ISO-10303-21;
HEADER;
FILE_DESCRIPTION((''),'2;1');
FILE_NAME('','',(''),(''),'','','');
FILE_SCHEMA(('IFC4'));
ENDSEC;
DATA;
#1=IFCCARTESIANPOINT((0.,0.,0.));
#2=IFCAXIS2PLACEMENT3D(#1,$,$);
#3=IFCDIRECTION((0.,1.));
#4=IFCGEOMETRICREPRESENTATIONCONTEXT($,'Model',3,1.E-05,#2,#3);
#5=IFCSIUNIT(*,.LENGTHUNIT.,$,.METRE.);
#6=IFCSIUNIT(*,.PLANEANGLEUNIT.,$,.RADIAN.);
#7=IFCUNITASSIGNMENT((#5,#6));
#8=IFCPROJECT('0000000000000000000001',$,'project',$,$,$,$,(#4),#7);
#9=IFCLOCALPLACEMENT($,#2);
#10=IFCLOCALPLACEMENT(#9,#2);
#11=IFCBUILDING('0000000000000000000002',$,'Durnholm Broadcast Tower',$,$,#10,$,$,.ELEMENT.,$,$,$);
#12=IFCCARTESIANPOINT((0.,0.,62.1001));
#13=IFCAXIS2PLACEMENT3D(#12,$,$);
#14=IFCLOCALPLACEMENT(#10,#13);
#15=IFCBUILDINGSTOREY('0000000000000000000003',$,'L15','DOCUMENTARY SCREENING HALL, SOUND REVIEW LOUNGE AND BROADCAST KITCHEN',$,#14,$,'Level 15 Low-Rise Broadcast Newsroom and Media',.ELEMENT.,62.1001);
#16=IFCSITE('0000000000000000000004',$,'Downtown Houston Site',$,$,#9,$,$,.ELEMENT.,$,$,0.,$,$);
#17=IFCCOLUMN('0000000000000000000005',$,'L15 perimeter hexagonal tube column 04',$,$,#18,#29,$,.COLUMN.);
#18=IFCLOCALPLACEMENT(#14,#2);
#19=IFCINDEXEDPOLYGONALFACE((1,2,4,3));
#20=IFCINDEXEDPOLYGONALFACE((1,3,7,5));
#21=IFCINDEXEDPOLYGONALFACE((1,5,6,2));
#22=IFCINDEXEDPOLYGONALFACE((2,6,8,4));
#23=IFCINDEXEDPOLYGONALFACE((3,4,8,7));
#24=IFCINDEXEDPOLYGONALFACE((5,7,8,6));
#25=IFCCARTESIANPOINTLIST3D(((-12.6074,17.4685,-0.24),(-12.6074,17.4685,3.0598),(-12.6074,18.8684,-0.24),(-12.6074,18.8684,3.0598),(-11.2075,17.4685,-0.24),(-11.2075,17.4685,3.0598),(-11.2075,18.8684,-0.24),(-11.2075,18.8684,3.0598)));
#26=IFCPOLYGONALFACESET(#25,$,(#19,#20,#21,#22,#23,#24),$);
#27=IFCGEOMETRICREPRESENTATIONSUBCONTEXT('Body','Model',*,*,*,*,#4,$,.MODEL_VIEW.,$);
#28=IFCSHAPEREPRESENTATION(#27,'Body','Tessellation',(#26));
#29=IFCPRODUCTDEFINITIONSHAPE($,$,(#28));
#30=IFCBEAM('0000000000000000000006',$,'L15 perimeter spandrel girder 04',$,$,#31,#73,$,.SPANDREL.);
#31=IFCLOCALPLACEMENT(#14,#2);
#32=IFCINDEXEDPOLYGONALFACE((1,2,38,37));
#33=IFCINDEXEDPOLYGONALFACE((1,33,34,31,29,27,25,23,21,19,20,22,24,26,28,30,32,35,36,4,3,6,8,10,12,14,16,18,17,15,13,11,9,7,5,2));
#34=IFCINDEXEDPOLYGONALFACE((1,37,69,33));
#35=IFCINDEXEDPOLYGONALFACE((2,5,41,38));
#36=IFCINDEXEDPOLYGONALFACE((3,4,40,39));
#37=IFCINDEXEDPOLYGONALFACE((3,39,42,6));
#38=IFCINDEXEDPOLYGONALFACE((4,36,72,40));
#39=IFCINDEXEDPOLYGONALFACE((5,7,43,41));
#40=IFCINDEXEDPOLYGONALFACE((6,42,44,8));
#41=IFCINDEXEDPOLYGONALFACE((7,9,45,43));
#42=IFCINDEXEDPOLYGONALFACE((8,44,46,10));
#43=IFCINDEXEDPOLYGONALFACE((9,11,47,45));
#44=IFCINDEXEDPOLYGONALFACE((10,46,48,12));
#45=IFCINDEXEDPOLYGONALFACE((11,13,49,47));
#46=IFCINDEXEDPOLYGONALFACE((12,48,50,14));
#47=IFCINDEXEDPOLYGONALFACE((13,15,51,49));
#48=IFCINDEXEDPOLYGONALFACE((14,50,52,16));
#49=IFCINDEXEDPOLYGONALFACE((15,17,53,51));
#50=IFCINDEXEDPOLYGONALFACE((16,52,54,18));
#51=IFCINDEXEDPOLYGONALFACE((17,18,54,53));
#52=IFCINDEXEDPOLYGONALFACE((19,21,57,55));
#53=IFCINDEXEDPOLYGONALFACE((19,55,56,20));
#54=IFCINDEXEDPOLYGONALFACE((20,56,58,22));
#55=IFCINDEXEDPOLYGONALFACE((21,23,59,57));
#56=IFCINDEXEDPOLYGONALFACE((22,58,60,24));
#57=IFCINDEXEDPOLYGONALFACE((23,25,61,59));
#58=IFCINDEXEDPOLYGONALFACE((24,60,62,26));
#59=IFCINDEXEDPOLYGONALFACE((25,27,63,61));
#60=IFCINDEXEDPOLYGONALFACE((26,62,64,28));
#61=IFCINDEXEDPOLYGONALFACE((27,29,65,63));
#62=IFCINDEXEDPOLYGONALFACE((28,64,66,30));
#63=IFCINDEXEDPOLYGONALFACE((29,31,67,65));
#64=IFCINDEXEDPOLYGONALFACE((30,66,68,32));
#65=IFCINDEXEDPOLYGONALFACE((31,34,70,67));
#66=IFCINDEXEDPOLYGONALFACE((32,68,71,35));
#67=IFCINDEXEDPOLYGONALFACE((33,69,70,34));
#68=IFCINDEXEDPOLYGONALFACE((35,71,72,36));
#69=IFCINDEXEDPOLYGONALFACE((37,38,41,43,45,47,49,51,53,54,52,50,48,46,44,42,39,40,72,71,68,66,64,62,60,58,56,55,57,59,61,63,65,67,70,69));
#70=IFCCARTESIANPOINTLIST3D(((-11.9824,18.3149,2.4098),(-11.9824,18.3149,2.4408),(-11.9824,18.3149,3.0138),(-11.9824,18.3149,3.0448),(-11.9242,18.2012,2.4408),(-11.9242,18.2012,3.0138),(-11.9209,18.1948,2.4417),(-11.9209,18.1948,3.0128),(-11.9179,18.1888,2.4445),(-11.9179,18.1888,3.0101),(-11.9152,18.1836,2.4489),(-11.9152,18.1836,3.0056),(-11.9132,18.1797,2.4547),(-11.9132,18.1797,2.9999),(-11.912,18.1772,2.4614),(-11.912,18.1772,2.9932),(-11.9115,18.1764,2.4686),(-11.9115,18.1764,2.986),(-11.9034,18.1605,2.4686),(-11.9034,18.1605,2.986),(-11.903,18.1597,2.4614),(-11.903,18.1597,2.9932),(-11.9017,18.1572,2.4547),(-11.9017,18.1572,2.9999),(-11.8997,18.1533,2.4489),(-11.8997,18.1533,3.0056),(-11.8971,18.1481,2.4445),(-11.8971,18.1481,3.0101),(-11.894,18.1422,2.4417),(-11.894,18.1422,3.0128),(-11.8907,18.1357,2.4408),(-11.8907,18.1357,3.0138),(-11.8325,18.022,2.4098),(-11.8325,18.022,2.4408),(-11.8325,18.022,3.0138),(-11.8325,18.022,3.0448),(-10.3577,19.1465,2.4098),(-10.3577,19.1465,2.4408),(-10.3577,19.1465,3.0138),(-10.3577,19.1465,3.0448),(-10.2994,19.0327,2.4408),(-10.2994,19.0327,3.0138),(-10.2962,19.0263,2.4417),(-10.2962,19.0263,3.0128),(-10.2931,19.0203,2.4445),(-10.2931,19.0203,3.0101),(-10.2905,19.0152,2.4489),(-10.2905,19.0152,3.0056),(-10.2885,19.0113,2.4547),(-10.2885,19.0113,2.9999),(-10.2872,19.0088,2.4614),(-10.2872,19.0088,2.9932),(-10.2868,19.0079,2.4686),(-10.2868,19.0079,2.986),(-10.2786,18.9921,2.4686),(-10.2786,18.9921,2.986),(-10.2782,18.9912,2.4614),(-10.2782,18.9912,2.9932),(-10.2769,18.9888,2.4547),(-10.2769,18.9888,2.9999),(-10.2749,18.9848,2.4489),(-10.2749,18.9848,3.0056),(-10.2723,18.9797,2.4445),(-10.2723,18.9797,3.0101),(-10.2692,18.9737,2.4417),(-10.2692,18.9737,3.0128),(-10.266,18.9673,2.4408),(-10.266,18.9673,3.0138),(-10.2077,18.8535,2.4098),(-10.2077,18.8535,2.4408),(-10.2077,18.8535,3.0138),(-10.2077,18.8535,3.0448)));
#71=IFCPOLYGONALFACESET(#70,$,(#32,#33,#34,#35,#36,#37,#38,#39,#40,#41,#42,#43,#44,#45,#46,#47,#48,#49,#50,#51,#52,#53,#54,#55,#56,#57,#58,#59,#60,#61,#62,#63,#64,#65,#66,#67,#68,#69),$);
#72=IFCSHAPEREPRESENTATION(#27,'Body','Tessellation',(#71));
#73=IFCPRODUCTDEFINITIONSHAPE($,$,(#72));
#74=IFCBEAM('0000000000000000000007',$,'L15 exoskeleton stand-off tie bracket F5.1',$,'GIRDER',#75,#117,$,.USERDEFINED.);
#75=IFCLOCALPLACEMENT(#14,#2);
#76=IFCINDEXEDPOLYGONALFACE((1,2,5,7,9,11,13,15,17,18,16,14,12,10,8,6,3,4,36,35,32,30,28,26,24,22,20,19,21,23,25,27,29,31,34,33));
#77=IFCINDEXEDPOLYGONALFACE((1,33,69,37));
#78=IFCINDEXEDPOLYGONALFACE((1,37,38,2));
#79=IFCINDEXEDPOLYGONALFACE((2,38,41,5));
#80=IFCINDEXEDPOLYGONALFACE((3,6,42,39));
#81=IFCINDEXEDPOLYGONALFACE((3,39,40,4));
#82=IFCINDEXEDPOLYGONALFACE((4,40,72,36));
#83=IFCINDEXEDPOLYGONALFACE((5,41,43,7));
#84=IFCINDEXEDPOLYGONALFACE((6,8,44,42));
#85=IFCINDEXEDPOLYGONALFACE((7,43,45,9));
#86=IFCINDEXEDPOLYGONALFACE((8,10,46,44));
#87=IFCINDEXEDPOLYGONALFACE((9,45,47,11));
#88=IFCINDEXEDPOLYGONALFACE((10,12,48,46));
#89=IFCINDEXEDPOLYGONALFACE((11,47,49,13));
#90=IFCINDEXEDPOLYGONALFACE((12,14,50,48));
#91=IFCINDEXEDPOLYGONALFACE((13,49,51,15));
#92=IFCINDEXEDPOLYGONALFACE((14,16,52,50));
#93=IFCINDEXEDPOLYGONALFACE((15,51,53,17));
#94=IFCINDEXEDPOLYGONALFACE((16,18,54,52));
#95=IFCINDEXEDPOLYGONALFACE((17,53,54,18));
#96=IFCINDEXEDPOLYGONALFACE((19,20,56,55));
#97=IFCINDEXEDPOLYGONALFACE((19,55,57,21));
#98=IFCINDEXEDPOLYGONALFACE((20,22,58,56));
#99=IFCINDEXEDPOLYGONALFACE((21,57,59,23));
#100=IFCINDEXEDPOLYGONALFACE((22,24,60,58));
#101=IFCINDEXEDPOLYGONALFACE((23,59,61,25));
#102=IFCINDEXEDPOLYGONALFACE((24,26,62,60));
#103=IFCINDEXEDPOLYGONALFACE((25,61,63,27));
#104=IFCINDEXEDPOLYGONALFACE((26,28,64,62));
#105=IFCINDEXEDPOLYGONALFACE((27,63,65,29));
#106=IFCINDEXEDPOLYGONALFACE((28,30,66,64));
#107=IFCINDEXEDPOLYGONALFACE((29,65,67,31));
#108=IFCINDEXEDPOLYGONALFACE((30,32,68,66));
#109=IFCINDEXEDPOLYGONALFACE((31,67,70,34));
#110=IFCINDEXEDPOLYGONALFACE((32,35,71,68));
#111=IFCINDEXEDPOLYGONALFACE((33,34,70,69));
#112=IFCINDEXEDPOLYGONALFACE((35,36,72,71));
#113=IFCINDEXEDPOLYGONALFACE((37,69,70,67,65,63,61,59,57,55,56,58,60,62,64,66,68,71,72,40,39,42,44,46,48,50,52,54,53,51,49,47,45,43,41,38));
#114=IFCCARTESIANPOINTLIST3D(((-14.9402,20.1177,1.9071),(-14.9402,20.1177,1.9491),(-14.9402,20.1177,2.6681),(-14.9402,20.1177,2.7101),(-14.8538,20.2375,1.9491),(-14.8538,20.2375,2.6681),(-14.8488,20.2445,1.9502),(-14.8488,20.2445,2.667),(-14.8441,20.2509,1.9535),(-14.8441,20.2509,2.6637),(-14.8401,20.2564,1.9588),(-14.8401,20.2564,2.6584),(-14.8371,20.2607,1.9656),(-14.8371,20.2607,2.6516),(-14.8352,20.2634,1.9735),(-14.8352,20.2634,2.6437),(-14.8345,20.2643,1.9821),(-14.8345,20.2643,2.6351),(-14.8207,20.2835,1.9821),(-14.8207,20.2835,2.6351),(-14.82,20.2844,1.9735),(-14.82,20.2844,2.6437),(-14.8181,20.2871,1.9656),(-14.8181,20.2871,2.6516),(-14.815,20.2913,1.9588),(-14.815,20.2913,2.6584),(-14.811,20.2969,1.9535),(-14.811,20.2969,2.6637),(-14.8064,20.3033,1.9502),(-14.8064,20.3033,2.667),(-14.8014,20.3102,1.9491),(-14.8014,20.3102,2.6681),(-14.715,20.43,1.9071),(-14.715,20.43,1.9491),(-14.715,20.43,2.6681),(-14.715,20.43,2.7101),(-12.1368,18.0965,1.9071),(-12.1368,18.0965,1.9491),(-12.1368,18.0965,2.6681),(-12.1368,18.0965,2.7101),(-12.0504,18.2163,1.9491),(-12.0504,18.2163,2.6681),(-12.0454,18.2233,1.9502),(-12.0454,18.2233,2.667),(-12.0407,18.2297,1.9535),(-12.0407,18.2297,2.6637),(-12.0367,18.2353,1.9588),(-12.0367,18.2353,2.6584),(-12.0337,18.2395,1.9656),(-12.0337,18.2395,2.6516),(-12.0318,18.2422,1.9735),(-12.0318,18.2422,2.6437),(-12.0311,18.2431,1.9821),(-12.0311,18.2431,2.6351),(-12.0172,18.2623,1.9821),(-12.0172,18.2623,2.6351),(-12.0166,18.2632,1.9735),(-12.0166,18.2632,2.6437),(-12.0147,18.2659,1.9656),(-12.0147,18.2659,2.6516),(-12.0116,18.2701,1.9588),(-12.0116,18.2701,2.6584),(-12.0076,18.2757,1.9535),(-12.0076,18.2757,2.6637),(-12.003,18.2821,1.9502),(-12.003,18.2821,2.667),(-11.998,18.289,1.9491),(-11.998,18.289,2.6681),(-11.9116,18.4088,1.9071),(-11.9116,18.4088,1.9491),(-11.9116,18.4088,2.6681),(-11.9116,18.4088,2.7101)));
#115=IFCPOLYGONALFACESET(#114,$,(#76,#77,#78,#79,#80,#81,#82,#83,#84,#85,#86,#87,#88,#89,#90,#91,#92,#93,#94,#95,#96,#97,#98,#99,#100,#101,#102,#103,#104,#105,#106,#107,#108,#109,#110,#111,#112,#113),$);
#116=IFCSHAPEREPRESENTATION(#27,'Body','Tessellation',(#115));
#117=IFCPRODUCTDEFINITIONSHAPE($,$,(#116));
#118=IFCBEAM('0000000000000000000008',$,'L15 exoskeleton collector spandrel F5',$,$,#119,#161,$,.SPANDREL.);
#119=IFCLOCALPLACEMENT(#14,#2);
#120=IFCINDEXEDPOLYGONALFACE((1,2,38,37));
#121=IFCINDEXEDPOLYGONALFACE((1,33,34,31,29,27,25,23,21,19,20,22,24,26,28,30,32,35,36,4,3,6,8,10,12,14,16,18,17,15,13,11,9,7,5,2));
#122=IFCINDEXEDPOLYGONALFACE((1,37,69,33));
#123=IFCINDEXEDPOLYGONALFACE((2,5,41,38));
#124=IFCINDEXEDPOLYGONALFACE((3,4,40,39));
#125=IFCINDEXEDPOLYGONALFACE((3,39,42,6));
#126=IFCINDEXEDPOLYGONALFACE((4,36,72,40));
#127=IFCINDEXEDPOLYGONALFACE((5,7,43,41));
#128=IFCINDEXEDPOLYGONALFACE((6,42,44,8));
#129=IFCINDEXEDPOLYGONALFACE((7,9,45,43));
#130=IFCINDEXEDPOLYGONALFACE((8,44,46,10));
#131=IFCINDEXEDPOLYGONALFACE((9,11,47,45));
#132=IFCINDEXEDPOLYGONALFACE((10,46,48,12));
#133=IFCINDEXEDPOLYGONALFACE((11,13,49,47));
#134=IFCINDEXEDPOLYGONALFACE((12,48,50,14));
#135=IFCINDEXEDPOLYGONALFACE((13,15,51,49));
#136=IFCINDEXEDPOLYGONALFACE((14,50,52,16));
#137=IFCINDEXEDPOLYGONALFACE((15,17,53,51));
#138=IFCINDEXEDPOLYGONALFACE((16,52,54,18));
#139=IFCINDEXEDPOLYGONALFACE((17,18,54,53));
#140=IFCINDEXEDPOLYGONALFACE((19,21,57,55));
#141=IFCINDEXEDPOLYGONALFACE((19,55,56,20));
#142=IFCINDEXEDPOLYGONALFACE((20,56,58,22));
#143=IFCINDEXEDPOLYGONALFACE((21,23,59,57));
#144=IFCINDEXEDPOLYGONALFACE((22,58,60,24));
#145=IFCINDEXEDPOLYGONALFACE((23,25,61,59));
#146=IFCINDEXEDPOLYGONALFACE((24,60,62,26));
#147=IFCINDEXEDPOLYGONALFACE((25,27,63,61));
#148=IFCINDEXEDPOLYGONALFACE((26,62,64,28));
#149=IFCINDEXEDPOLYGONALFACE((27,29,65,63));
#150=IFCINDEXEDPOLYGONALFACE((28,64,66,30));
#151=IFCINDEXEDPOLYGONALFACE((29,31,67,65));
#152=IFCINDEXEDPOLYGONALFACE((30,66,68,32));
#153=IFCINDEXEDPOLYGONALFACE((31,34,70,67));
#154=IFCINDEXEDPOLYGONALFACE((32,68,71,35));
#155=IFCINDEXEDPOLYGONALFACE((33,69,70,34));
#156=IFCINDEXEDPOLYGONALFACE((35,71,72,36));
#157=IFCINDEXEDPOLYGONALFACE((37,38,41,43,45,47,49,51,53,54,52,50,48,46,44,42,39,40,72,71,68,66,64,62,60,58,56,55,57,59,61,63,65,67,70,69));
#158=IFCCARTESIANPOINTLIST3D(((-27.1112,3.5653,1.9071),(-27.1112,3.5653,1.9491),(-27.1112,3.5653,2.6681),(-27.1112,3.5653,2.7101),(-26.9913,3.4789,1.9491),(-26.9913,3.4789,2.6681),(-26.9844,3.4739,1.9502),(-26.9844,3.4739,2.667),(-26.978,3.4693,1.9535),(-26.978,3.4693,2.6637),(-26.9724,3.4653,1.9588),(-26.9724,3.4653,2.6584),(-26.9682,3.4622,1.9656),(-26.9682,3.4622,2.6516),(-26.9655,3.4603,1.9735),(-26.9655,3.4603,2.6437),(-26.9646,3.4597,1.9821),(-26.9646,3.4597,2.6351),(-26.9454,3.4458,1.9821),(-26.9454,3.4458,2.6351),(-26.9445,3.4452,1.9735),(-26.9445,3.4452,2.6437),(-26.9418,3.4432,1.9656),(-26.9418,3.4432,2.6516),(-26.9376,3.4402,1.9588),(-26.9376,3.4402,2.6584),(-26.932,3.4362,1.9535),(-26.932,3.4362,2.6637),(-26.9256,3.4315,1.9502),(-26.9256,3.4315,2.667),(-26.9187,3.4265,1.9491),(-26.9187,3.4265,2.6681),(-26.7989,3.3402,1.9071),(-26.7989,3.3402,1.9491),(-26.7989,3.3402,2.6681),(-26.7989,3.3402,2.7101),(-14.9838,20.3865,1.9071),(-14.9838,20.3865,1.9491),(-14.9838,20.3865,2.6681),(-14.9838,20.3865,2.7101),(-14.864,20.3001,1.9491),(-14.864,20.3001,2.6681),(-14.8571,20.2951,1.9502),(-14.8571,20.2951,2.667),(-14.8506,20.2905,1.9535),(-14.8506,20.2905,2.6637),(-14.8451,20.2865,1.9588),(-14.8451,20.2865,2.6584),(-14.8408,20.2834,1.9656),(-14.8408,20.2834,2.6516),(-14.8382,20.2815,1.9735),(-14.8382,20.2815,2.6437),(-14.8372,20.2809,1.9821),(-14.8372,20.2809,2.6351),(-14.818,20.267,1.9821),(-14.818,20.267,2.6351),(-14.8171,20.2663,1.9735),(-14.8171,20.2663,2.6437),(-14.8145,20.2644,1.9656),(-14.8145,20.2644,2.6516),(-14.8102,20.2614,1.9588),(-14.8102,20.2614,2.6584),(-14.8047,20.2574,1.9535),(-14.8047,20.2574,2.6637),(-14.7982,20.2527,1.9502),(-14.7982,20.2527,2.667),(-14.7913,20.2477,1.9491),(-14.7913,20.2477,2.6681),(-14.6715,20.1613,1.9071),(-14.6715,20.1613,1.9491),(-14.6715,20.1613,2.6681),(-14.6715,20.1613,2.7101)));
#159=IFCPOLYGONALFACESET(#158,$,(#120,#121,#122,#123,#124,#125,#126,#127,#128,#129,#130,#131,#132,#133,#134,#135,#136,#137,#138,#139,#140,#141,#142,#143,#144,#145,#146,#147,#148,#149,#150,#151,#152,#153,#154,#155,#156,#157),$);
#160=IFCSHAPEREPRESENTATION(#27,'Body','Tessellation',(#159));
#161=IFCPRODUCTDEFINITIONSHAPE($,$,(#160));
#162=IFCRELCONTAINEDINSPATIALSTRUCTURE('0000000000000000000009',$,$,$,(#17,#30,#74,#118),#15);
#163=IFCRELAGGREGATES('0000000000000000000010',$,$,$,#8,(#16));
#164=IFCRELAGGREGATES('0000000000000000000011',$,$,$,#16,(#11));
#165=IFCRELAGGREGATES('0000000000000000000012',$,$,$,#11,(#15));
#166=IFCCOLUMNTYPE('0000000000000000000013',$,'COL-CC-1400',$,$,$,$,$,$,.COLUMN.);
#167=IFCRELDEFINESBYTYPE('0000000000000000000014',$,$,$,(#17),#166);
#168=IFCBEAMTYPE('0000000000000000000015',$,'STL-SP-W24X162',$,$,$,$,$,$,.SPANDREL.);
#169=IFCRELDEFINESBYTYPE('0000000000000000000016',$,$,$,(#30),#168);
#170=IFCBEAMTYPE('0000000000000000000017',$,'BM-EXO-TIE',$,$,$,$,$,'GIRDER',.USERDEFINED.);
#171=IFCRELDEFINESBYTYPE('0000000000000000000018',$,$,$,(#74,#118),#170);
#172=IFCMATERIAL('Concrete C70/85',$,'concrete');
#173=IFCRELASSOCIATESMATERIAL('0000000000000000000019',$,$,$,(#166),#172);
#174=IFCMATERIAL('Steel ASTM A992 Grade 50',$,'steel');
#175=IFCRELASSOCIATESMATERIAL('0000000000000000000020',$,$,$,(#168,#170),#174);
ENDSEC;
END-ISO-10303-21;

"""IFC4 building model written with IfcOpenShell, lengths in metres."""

from ifc_helpers import new_model, si_unit, direction, frame, origin, origin_2d, place, context, subcontext, project, spatial, rectangle, i_section, extrude, source, transform, mapped, material, material_profile, profile_set, type_object, type_shapes, element, save


model = new_model("IFC4")

# Units and contexts
model_context = context("Model", 3, precision=1e-05, world=origin(), true_north=direction((0.0, 1.0)))
body_context = subcontext(model_context, "Body", "Model", "MODEL_VIEW")
ifc_project = project(units=[si_unit("LENGTHUNIT", "METRE"), si_unit("PLANEANGLEUNIT", "RADIAN")], contexts=[model_context])

# Site, building, storey
site_placement = place(None, origin())
site = spatial("IfcSite", under=ifc_project, at=site_placement, Name="Downtown Houston Site", CompositionType="ELEMENT", RefElevation=0.0)
building_placement = place(site_placement, origin())
building = spatial("IfcBuilding", under=site, at=building_placement, Name="Durnholm Broadcast Tower", CompositionType="ELEMENT")
storey_placement = place(building_placement, frame((0.0, 0.0, 62.1001)))
storey = spatial("IfcBuildingStorey", under=building, at=storey_placement, Name="L15", Description="DOCUMENTARY SCREENING HALL, SOUND REVIEW LOUNGE AND BROADCAST KITCHEN", LongName="Level 15 Low-Rise Broadcast Newsroom and Media", CompositionType="ELEMENT", Elevation=62.1001)

# Column
ifc_material_1 = material(Name="Concrete C70/85", Category="concrete")
ifc_material_profile_1 = material_profile(ifc_material_1, rectangle(XDim=1.3999, YDim=1.3999, at=origin_2d()), Name="RC1400X1400")
ifc_profile_set_1 = profile_set([ifc_material_profile_1], Name="Concrete C70/85")
column_type = type_object("IfcColumnType", Name="COL-CC-1400", PredefinedType="COLUMN", material=ifc_profile_set_1)
shared_shape_1 = source(origin(), body_context, "Body", "SweptSolid", [
    extrude(rectangle(XDim=1.3999, YDim=1.3999, at=origin_2d()), origin(), (0.0, 0.0, 1.0), 3.2998),
])
type_shapes(column_type, [shared_shape_1])
column_placement = place(storey_placement, frame((-11.9075, 18.1685, -0.24), z_axis=(0.0, 0.0, 1.0), x_axis=(1.0, 0.0, 0.0)))
element("IfcColumn", 1, at=column_placement, inside=storey, type_object=column_type, Name="L15 perimeter hexagonal tube column 04", PredefinedType="COLUMN", context=body_context, shape_type="MappedRepresentation", body=[
    mapped(shared_shape_1, transform((0.0, 0.0, 0.0), x_axis=(1.0, 0.0, 0.0), y_axis=(0.0, 1.0, 0.0), z_axis=(0.0, 0.0, 1.0), scale=1.0)),
])

# Beams
ifc_material_2 = material(Name="Steel ASTM A992 Grade 50", Category="steel")
ifc_material_profile_2 = material_profile(ifc_material_2, i_section(OverallWidth=0.3291, OverallDepth=0.635, WebThickness=0.0178, FlangeThickness=0.031, FilletRadius=0.0278, at=origin_2d()), Name="W24X162")
ifc_profile_set_2 = profile_set([ifc_material_profile_2], Name="Steel ASTM A992 Grade 50")
beam_type_1 = type_object("IfcBeamType", Name="STL-SP-W24X162", PredefinedType="SPANDREL", material=ifc_profile_set_2)
shared_shape_2 = source(origin(), body_context, "Body", "SweptSolid", [
    extrude(i_section(OverallWidth=0.3291, OverallDepth=0.635, WebThickness=0.0178, FlangeThickness=0.031, FilletRadius=0.0278, at=origin_2d()), origin(), (0.0, 0.0, 1.0), 1.8252),
])
type_shapes(beam_type_1, [shared_shape_2])
beam_1_placement = place(storey_placement, frame((-11.9075, 18.1685, 2.7273), z_axis=(0.890188, 0.455594, 0.0), x_axis=(-0.455594, 0.890188, 0.0)))
element("IfcBeam", 2, at=beam_1_placement, inside=storey, type_object=beam_type_1, Name="L15 perimeter spandrel girder 04", PredefinedType="SPANDREL", context=body_context, shape_type="MappedRepresentation", body=[
    mapped(shared_shape_2, transform((0.0, 0.0, 0.0), x_axis=(1.0, 0.0, 0.0), y_axis=(0.0, 1.0, 0.0), z_axis=(0.0, 0.0, 1.0), scale=1.0)),
])
ifc_material_profile_3 = material_profile(ifc_material_2, i_section(OverallWidth=0.385, OverallDepth=0.803, WebThickness=0.0237, FlangeThickness=0.042, FilletRadius=0.033, at=origin_2d()), Name="W30X261")
ifc_profile_set_3 = profile_set([ifc_material_profile_3], Name="Steel ASTM A992 Grade 50")
beam_type_2 = type_object("IfcBeamType", Name="BM-EXO-TIE", ElementType="GIRDER", PredefinedType="USERDEFINED", material=ifc_profile_set_3)
shared_shape_3 = source(origin(), body_context, "Body", "SweptSolid", [
    extrude(i_section(OverallWidth=0.385, OverallDepth=0.803, WebThickness=0.0237, FlangeThickness=0.042, FilletRadius=0.033, at=origin_2d()), origin(), (0.0, 0.0, 1.0), 3.4561),
])
beam_2_placement = place(storey_placement, frame((-12.0242, 18.2527, 2.3086), z_axis=(-0.811158, 0.584828, 0.0), x_axis=(-0.584828, -0.811158, 0.0)))
element("IfcBeam", 3, at=beam_2_placement, inside=storey, type_object=beam_type_2, Name="L15 exoskeleton stand-off tie bracket F5.1", ObjectType="GIRDER", PredefinedType="USERDEFINED", context=body_context, shape_type="MappedRepresentation", body=[
    mapped(shared_shape_3, transform((0.0, 0.0, 0.0), x_axis=(1.0, 0.0, 0.0), y_axis=(0.0, 1.0, 0.0), z_axis=(0.0, 0.0, 1.0), scale=1.0)),
])
shared_shape_4 = source(origin(), body_context, "Body", "SweptSolid", [
    extrude(i_section(OverallWidth=0.385, OverallDepth=0.803, WebThickness=0.0237, FlangeThickness=0.042, FilletRadius=0.033, at=origin_2d()), origin(), (0.0, 0.0, 1.0), 20.7371),
])
type_shapes(beam_type_2, [shared_shape_3, shared_shape_4])
beam_3_placement = place(storey_placement, frame((-14.8276, 20.2739, 2.3086), z_axis=(-0.584816, -0.811166, 0.0), x_axis=(0.811166, -0.584816, 0.0)))
element("IfcBeam", 4, at=beam_3_placement, inside=storey, type_object=beam_type_2, Name="L15 exoskeleton collector spandrel F5", PredefinedType="SPANDREL", context=body_context, shape_type="MappedRepresentation", body=[
    mapped(shared_shape_4, transform((0.0, 0.0, 0.0), x_axis=(1.0, 0.0, 0.0), y_axis=(0.0, 1.0, 0.0), z_axis=(0.0, 0.0, 1.0), scale=1.0)),
])

save(model, "model.ifc")
